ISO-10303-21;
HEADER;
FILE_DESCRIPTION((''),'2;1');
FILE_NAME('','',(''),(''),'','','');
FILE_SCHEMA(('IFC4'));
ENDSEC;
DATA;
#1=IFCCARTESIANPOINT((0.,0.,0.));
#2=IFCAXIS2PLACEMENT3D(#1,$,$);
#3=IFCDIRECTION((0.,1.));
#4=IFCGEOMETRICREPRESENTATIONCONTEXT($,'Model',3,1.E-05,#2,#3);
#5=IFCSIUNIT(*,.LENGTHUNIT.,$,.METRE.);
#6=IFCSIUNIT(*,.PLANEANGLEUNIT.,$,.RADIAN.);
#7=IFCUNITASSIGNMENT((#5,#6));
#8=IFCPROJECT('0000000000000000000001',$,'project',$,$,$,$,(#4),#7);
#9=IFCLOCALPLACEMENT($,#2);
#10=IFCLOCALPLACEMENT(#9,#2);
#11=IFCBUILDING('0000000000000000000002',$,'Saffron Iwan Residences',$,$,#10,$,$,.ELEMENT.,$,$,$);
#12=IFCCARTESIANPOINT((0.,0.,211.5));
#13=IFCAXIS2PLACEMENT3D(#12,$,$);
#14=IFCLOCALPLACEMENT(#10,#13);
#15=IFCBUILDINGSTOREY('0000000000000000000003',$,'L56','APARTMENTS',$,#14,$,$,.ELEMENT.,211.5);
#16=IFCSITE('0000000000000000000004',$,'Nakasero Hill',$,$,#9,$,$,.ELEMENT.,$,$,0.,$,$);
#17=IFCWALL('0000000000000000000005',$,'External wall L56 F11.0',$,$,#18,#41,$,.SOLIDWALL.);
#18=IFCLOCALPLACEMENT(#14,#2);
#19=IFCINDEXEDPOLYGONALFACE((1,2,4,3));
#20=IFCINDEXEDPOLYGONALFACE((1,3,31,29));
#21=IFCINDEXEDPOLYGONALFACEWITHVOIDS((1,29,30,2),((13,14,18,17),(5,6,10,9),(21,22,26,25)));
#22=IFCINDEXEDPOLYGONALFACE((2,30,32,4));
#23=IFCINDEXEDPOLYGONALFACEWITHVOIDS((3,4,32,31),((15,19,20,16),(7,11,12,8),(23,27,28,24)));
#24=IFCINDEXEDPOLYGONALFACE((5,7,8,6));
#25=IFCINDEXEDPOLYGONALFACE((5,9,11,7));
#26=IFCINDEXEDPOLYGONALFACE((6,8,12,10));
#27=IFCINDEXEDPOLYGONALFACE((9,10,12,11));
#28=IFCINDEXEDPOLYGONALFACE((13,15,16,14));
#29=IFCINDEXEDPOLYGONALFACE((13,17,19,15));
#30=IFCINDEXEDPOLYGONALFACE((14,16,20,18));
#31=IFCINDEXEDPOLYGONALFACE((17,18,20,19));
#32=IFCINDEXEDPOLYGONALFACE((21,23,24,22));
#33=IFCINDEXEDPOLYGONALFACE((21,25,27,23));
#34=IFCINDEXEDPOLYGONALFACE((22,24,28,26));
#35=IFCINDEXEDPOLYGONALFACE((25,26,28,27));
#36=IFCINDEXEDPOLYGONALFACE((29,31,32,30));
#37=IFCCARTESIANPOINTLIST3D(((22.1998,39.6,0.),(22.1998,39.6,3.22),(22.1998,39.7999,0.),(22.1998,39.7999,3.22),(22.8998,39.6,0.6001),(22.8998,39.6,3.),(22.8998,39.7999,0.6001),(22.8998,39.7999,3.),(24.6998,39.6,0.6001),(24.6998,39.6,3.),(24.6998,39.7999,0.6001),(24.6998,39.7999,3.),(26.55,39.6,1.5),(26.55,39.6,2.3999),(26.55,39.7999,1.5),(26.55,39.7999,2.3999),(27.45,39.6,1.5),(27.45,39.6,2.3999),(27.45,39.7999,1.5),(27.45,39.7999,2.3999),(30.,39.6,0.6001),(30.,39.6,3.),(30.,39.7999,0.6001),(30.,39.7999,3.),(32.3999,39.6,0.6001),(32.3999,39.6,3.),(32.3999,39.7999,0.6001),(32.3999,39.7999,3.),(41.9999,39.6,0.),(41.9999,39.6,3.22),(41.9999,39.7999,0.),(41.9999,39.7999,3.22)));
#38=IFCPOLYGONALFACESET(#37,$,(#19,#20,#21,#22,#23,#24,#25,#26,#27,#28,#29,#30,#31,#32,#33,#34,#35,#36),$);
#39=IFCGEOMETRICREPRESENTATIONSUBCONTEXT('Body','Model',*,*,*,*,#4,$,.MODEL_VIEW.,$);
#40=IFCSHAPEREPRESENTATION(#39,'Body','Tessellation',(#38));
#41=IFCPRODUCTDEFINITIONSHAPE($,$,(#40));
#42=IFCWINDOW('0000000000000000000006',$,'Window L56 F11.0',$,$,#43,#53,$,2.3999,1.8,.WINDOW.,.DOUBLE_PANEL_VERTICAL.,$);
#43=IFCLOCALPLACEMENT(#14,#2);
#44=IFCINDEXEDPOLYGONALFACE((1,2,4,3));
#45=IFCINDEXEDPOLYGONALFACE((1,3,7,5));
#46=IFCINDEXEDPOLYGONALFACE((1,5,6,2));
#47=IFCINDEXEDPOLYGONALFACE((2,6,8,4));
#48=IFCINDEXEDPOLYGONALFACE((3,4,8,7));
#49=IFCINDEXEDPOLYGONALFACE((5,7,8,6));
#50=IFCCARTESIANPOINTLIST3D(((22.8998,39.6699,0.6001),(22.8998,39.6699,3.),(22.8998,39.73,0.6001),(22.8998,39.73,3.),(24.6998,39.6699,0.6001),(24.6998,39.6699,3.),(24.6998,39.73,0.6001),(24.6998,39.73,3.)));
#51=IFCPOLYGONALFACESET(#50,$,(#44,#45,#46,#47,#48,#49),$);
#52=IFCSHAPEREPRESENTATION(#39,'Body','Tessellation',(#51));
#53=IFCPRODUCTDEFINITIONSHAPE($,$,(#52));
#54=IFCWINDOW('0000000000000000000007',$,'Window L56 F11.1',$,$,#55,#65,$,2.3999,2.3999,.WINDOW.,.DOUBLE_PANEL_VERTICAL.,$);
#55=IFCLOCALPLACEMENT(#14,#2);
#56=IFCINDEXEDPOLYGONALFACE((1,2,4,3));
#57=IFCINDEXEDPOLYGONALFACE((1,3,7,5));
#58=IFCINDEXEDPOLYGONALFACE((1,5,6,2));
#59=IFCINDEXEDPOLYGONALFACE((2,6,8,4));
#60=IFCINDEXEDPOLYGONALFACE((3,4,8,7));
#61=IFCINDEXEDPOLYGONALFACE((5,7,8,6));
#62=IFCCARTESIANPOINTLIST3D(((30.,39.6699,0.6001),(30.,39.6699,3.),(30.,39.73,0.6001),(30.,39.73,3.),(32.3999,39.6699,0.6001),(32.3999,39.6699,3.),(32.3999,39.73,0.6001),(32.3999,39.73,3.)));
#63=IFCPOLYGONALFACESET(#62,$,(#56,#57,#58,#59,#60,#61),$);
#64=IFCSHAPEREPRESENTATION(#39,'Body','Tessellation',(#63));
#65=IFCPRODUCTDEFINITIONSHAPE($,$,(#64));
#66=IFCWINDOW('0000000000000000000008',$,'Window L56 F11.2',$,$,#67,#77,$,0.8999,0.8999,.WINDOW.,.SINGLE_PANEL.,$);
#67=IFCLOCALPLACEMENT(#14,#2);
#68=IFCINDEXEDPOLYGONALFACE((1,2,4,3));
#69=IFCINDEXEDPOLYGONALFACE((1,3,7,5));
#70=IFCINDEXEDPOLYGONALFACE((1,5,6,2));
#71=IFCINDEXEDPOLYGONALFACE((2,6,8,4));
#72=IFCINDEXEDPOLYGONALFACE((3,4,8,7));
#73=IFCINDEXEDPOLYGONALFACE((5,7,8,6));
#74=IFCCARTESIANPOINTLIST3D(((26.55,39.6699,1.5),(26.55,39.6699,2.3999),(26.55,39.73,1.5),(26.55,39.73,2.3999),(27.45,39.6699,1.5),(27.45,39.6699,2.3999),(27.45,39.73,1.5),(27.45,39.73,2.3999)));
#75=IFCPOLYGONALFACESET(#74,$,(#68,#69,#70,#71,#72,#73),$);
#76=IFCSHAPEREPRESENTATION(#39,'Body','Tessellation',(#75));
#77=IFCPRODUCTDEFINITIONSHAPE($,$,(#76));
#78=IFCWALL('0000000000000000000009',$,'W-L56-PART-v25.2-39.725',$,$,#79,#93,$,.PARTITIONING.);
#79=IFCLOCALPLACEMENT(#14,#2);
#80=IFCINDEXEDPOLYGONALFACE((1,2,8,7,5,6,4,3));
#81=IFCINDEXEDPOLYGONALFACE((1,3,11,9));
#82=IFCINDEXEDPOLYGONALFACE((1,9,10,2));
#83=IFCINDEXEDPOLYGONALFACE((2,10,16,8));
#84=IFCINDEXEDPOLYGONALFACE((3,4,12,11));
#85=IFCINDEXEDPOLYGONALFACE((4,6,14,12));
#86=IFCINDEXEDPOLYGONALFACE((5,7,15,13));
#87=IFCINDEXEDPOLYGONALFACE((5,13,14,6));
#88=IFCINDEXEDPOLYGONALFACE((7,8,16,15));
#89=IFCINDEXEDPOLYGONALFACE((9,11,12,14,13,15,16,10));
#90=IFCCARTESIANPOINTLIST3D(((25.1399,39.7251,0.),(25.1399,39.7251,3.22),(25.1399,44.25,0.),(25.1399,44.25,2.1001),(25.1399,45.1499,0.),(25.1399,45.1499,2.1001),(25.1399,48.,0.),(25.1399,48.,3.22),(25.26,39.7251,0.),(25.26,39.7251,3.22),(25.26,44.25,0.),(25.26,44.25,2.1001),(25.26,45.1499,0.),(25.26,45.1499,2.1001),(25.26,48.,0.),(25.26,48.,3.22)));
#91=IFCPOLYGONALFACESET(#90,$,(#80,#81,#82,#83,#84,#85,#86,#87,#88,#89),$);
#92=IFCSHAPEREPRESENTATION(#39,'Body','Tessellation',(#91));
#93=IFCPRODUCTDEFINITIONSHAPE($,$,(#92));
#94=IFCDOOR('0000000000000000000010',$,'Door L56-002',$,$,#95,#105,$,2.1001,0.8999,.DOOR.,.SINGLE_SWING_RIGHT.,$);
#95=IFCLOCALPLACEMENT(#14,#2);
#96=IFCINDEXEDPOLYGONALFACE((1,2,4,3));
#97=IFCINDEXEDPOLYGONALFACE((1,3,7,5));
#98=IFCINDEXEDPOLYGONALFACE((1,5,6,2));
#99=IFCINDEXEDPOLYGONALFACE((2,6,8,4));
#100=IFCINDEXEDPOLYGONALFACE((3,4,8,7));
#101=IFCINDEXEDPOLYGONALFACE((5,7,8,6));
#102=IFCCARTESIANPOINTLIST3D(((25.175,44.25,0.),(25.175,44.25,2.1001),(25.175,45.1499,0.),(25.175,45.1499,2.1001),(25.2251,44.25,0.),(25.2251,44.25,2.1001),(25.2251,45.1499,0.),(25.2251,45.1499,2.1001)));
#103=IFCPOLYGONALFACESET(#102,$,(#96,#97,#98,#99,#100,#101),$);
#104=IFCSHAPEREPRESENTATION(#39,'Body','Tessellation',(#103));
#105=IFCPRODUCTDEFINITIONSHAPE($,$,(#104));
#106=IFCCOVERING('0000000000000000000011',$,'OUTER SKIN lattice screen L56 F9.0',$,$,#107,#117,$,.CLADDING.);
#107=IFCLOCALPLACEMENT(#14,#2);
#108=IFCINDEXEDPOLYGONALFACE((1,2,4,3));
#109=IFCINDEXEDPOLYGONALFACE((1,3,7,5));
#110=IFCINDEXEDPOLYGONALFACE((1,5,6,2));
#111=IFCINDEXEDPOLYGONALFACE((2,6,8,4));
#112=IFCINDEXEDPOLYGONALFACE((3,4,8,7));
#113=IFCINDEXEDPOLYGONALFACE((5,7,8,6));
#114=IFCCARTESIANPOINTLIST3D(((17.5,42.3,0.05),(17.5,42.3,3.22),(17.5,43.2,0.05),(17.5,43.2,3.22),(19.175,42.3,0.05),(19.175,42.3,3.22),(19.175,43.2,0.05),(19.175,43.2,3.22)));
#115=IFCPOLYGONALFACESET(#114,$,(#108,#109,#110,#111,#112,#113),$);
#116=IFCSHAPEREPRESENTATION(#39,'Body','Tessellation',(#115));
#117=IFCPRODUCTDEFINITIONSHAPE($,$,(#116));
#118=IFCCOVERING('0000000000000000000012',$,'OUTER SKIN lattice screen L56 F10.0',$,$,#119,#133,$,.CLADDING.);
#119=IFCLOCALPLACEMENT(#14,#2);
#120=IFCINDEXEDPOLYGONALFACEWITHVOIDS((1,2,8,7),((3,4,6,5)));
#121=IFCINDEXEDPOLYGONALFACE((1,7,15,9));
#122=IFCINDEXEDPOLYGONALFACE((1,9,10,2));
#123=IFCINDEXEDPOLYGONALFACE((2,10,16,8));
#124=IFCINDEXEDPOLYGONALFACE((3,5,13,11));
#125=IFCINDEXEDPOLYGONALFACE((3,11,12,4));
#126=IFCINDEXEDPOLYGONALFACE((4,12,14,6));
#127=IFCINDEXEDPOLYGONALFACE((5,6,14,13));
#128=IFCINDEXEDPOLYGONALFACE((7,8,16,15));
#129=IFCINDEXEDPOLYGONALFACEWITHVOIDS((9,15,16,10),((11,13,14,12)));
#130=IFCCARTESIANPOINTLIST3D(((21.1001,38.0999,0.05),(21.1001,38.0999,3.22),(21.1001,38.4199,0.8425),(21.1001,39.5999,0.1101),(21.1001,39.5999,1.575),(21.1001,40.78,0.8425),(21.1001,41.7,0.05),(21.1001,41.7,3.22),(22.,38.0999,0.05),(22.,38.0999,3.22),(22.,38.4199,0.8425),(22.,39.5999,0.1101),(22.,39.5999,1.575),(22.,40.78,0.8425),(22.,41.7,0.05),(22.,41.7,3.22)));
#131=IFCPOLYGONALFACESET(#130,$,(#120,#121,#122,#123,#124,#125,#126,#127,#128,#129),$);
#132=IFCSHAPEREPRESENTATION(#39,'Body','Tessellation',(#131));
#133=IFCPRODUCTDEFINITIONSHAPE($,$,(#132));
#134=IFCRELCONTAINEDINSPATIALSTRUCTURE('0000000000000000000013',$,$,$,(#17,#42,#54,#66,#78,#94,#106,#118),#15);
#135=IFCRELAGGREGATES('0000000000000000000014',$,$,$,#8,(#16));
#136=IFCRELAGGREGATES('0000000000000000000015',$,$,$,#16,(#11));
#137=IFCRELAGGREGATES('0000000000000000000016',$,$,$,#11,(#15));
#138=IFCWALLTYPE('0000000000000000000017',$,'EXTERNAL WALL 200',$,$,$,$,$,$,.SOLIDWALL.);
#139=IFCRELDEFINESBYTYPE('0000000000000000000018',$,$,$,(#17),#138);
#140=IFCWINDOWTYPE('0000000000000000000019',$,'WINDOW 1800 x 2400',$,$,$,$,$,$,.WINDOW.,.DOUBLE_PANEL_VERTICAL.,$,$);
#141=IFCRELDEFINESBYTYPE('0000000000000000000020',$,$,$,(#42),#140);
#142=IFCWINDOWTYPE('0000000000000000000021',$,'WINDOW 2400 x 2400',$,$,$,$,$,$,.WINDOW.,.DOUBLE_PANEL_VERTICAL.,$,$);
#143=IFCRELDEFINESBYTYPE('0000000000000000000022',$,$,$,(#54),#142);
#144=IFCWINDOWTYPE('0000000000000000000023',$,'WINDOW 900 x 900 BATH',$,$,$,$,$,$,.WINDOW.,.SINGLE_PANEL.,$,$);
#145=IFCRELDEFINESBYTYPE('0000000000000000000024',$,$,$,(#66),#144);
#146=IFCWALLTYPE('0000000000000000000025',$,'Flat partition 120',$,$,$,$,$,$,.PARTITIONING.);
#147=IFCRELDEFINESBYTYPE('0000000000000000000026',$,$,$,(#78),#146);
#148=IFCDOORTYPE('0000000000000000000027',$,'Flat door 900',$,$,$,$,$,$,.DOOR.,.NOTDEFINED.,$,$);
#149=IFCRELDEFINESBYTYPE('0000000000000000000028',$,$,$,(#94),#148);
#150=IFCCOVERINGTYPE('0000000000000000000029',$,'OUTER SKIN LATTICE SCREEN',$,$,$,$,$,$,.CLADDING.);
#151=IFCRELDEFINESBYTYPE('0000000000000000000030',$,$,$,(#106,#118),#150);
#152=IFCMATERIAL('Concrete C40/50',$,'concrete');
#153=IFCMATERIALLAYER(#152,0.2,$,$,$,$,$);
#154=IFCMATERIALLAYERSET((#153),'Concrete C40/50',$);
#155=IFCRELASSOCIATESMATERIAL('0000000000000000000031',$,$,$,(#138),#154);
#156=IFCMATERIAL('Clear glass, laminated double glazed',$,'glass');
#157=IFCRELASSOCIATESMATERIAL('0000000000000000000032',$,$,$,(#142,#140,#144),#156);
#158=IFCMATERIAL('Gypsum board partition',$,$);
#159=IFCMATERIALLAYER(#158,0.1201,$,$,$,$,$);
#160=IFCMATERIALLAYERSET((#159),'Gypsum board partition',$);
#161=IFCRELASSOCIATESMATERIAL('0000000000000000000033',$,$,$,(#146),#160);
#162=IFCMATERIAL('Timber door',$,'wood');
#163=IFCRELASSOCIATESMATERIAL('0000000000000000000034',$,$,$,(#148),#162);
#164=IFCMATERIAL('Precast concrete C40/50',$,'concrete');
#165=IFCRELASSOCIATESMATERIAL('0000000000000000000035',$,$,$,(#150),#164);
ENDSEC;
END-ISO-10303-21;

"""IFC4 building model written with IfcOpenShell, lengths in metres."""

from ifc_helpers import new_model, si_unit, direction, frame, frame_2d, origin, place, context, subcontext, project, spatial, polyline, rectangle, outline, extrude, material, layer, layer_set, type_object, element, fill, save


model = new_model("IFC4")

# Units and contexts
model_context = context("Model", 3, precision=1e-05, world=origin(), true_north=direction((0.0, 1.0)))
body_context = subcontext(model_context, "Body", "Model", "MODEL_VIEW")
ifc_project = project(units=[si_unit("LENGTHUNIT", "METRE"), si_unit("PLANEANGLEUNIT", "RADIAN")], contexts=[model_context])

# Site, building, storey
site_placement = place(None, origin())
site = spatial("IfcSite", under=ifc_project, at=site_placement, Name="Nakasero Hill", CompositionType="ELEMENT", RefElevation=0.0)
building_placement = place(site_placement, origin())
building = spatial("IfcBuilding", under=site, at=building_placement, Name="Saffron Iwan Residences", CompositionType="ELEMENT")
storey_placement = place(building_placement, frame((0.0, 0.0, 211.5)))
storey = spatial("IfcBuildingStorey", under=building, at=storey_placement, Name="L56", Description="APARTMENTS", CompositionType="ELEMENT", Elevation=211.5)

# Shared definitions
ifc_material_1 = material(Name="Concrete C40/50", Category="concrete")

# Shared definitions
ifc_layer_1 = layer(ifc_material_1, 0.2)
ifc_layer_set_1 = layer_set([ifc_layer_1], Name="Concrete C40/50")
wall_type_1 = type_object("IfcWallType", Name="EXTERNAL WALL 200", PredefinedType="SOLIDWALL", material=ifc_layer_set_1)
ifc_material_2 = material(Name="Clear glass, laminated double glazed", Category="glass")
window_type_1 = type_object("IfcWindowType", Name="WINDOW 2400 x 2400", PartitioningType="DOUBLE_PANEL_VERTICAL", PredefinedType="WINDOW", material=ifc_material_2)

# Wall, openings, windows
wall_1_placement = place(storey_placement, frame((22.2, 39.7, 0.0), z_axis=(0.0, 0.0, 1.0), x_axis=(1.0, 0.0, 0.0)))
wall_1 = element("IfcWall", 1, at=wall_1_placement, inside=storey, type_object=wall_type_1, Name="External wall L56 F11.0", PredefinedType="SOLIDWALL", context=body_context, shape_type="SweptSolid", body=[
    extrude(rectangle(XDim=19.8, YDim=0.2, at=frame_2d((9.8999, 0.0))), origin(), (0.0, 0.0, 1.0), 3.22),
])
opening_1_placement = place(wall_1_placement, frame((0.7, 0.0, 0.6001)))
opening_1 = element("IfcOpeningElement", 2, at=opening_1_placement, cuts=wall_1, PredefinedType="OPENING", context=body_context, shape_type="SweptSolid", body=[
    extrude(rectangle(XDim=1.8, YDim=2.3999, at=frame_2d((0.8999, 1.2))), frame((0.0, 0.1099, 0.0), z_axis=(0.0, -1.0, 0.0), x_axis=(1.0, 0.0, 0.0)), (0.0, 0.0, 1.0), 0.22),
])
opening_2_placement = place(wall_1_placement, frame((7.8, 0.0, 0.6001)))
opening_2 = element("IfcOpeningElement", 3, at=opening_2_placement, cuts=wall_1, PredefinedType="OPENING", context=body_context, shape_type="SweptSolid", body=[
    extrude(rectangle(XDim=2.3999, YDim=2.3999, at=frame_2d((1.2, 1.2))), frame((0.0, 0.1099, 0.0), z_axis=(0.0, -1.0, 0.0), x_axis=(1.0, 0.0, 0.0)), (0.0, 0.0, 1.0), 0.22),
])
opening_3_placement = place(wall_1_placement, frame((4.3501, 0.0, 1.5)))
opening_3 = element("IfcOpeningElement", 4, at=opening_3_placement, cuts=wall_1, PredefinedType="OPENING", context=body_context, shape_type="SweptSolid", body=[
    extrude(rectangle(XDim=0.8999, YDim=0.8999, at=frame_2d((0.45, 0.45))), frame((0.0, 0.1099, 0.0), z_axis=(0.0, -1.0, 0.0), x_axis=(1.0, 0.0, 0.0)), (0.0, 0.0, 1.0), 0.22),
])
window_type_2 = type_object("IfcWindowType", Name="WINDOW 1800 x 2400", PartitioningType="DOUBLE_PANEL_VERTICAL", PredefinedType="WINDOW", material=ifc_material_2)
window_1_placement = place(opening_1_placement, origin())
window_1 = element("IfcWindow", 5, at=window_1_placement, inside=storey, type_object=window_type_2, Name="Window L56 F11.0", OverallHeight=2.3999, OverallWidth=1.8, PartitioningType="DOUBLE_PANEL_VERTICAL", PredefinedType="WINDOW", context=body_context, shape_type="SweptSolid", body=[
    extrude(rectangle(XDim=1.8, YDim=2.3999, at=frame_2d((0.8999, 1.2))), frame((0.0, 0.03, 0.0), z_axis=(0.0, -1.0, 0.0), x_axis=(1.0, 0.0, 0.0)), (0.0, 0.0, 1.0), 0.0601),
])
fill(opening_1, window_1)
window_2_placement = place(opening_2_placement, origin())
window_2 = element("IfcWindow", 6, at=window_2_placement, inside=storey, type_object=window_type_1, Name="Window L56 F11.1", OverallHeight=2.3999, OverallWidth=2.3999, PartitioningType="DOUBLE_PANEL_VERTICAL", PredefinedType="WINDOW", context=body_context, shape_type="SweptSolid", body=[
    extrude(rectangle(XDim=2.3999, YDim=2.3999, at=frame_2d((1.2, 1.2))), frame((0.0, 0.03, 0.0), z_axis=(0.0, -1.0, 0.0), x_axis=(1.0, 0.0, 0.0)), (0.0, 0.0, 1.0), 0.0601),
])
fill(opening_2, window_2)
window_type_3 = type_object("IfcWindowType", Name="WINDOW 900 x 900 BATH", PartitioningType="SINGLE_PANEL", PredefinedType="WINDOW", material=ifc_material_2)
window_3_placement = place(opening_3_placement, origin())
window_3 = element("IfcWindow", 7, at=window_3_placement, inside=storey, type_object=window_type_3, Name="Window L56 F11.2", OverallHeight=0.8999, OverallWidth=0.8999, PartitioningType="SINGLE_PANEL", PredefinedType="WINDOW", context=body_context, shape_type="SweptSolid", body=[
    extrude(rectangle(XDim=0.8999, YDim=0.8999, at=frame_2d((0.45, 0.45))), frame((0.0, 0.03, 0.0), z_axis=(0.0, -1.0, 0.0), x_axis=(1.0, 0.0, 0.0)), (0.0, 0.0, 1.0), 0.0601),
])
fill(opening_3, window_3)

# Wall, opening, door
ifc_material_3 = material(Name="Gypsum board partition")
ifc_layer_2 = layer(ifc_material_3, 0.1201)
ifc_layer_set_2 = layer_set([ifc_layer_2], Name="Gypsum board partition")
wall_type_2 = type_object("IfcWallType", Name="Flat partition 120", PredefinedType="PARTITIONING", material=ifc_layer_set_2)
wall_2_placement = place(storey_placement, frame((25.2, 39.7251, 0.0), z_axis=(0.0, 0.0, 1.0), x_axis=(0.0, 1.0, 0.0)))
wall_2 = element("IfcWall", 8, at=wall_2_placement, inside=storey, type_object=wall_type_2, Name="W-L56-PART-v25.2-39.725", PredefinedType="PARTITIONING", context=body_context, shape_type="SweptSolid", body=[
    extrude(rectangle(XDim=8.2749, YDim=0.1201, at=frame_2d((4.1375, 0.0))), origin(), (0.0, 0.0, 1.0), 3.22),
])
opening_4_placement = place(wall_2_placement, frame((4.5249, 0.0, 0.0)))
opening_4 = element("IfcOpeningElement", 9, at=opening_4_placement, cuts=wall_2, PredefinedType="OPENING", context=body_context, shape_type="SweptSolid", body=[
    extrude(rectangle(XDim=0.8999, YDim=2.1001, at=frame_2d((0.45, 1.05))), frame((0.0, 0.0701, 0.0), z_axis=(0.0, -1.0, 0.0), x_axis=(1.0, 0.0, 0.0)), (0.0, 0.0, 1.0), 0.1401),
])
ifc_material_4 = material(Name="Timber door", Category="wood")
door_type = type_object("IfcDoorType", Name="Flat door 900", OperationType="NOTDEFINED", PredefinedType="DOOR", material=ifc_material_4)
door_placement = place(opening_4_placement, origin())
door = element("IfcDoor", 10, at=door_placement, inside=storey, type_object=door_type, Name="Door L56-002", OperationType="SINGLE_SWING_RIGHT", OverallHeight=2.1001, OverallWidth=0.8999, PredefinedType="DOOR", context=body_context, shape_type="SweptSolid", body=[
    extrude(rectangle(XDim=0.8999, YDim=2.1001, at=frame_2d((0.45, 1.05))), frame((0.0, 0.0249, 0.0), z_axis=(0.0, -1.0, 0.0), x_axis=(1.0, 0.0, 0.0)), (0.0, 0.0, 1.0), 0.05),
])
fill(opening_4, door)

# Coverings
ifc_material_5 = material(Name="Precast concrete C40/50", Category="concrete")
covering_type_1 = type_object("IfcCoveringType", Name="OUTER SKIN LATTICE SCREEN", PredefinedType="CLADDING", material=ifc_material_5)
covering_1_placement = place(storey_placement, frame((17.5, 43.2, 0.05), z_axis=(0.0, -1.0, 0.0), x_axis=(1.0, 0.0, 0.0)))
element("IfcCovering", 11, at=covering_1_placement, inside=storey, type_object=covering_type_1, Name="OUTER SKIN lattice screen L56 F9.0", PredefinedType="CLADDING", context=body_context, shape_type="SweptSolid", body=[
    extrude(outline(polyline([(0.0, 0.0), (1.675, 0.0), (1.675, 3.1699), (0.0, 3.1699), (0.0, 0.0)])), origin(), (0.0, 0.0, 1.0), 0.8999),
])
covering_2_placement = place(storey_placement, frame((22.0, 41.7, 0.05), z_axis=(-1.0, 0.0, 0.0), x_axis=(0.0, -1.0, 0.0)))
element("IfcCovering", 12, at=covering_2_placement, inside=storey, type_object=covering_type_1, Name="OUTER SKIN lattice screen L56 F10.0", PredefinedType="CLADDING", context=body_context, shape_type="SweptSolid", body=[
    extrude(outline(polyline([(0.0, 0.0), (3.6001, 0.0), (3.6001, 3.1699), (0.0, 3.1699), (0.0, 0.0)]), holes=[polyline([(0.9199, 0.7925), (2.1001, 0.0601), (3.28, 0.7925), (2.1001, 1.5249), (0.9199, 0.7925)])]), origin(), (0.0, 0.0, 1.0), 0.8999),
])

save(model, "model.ifc")
